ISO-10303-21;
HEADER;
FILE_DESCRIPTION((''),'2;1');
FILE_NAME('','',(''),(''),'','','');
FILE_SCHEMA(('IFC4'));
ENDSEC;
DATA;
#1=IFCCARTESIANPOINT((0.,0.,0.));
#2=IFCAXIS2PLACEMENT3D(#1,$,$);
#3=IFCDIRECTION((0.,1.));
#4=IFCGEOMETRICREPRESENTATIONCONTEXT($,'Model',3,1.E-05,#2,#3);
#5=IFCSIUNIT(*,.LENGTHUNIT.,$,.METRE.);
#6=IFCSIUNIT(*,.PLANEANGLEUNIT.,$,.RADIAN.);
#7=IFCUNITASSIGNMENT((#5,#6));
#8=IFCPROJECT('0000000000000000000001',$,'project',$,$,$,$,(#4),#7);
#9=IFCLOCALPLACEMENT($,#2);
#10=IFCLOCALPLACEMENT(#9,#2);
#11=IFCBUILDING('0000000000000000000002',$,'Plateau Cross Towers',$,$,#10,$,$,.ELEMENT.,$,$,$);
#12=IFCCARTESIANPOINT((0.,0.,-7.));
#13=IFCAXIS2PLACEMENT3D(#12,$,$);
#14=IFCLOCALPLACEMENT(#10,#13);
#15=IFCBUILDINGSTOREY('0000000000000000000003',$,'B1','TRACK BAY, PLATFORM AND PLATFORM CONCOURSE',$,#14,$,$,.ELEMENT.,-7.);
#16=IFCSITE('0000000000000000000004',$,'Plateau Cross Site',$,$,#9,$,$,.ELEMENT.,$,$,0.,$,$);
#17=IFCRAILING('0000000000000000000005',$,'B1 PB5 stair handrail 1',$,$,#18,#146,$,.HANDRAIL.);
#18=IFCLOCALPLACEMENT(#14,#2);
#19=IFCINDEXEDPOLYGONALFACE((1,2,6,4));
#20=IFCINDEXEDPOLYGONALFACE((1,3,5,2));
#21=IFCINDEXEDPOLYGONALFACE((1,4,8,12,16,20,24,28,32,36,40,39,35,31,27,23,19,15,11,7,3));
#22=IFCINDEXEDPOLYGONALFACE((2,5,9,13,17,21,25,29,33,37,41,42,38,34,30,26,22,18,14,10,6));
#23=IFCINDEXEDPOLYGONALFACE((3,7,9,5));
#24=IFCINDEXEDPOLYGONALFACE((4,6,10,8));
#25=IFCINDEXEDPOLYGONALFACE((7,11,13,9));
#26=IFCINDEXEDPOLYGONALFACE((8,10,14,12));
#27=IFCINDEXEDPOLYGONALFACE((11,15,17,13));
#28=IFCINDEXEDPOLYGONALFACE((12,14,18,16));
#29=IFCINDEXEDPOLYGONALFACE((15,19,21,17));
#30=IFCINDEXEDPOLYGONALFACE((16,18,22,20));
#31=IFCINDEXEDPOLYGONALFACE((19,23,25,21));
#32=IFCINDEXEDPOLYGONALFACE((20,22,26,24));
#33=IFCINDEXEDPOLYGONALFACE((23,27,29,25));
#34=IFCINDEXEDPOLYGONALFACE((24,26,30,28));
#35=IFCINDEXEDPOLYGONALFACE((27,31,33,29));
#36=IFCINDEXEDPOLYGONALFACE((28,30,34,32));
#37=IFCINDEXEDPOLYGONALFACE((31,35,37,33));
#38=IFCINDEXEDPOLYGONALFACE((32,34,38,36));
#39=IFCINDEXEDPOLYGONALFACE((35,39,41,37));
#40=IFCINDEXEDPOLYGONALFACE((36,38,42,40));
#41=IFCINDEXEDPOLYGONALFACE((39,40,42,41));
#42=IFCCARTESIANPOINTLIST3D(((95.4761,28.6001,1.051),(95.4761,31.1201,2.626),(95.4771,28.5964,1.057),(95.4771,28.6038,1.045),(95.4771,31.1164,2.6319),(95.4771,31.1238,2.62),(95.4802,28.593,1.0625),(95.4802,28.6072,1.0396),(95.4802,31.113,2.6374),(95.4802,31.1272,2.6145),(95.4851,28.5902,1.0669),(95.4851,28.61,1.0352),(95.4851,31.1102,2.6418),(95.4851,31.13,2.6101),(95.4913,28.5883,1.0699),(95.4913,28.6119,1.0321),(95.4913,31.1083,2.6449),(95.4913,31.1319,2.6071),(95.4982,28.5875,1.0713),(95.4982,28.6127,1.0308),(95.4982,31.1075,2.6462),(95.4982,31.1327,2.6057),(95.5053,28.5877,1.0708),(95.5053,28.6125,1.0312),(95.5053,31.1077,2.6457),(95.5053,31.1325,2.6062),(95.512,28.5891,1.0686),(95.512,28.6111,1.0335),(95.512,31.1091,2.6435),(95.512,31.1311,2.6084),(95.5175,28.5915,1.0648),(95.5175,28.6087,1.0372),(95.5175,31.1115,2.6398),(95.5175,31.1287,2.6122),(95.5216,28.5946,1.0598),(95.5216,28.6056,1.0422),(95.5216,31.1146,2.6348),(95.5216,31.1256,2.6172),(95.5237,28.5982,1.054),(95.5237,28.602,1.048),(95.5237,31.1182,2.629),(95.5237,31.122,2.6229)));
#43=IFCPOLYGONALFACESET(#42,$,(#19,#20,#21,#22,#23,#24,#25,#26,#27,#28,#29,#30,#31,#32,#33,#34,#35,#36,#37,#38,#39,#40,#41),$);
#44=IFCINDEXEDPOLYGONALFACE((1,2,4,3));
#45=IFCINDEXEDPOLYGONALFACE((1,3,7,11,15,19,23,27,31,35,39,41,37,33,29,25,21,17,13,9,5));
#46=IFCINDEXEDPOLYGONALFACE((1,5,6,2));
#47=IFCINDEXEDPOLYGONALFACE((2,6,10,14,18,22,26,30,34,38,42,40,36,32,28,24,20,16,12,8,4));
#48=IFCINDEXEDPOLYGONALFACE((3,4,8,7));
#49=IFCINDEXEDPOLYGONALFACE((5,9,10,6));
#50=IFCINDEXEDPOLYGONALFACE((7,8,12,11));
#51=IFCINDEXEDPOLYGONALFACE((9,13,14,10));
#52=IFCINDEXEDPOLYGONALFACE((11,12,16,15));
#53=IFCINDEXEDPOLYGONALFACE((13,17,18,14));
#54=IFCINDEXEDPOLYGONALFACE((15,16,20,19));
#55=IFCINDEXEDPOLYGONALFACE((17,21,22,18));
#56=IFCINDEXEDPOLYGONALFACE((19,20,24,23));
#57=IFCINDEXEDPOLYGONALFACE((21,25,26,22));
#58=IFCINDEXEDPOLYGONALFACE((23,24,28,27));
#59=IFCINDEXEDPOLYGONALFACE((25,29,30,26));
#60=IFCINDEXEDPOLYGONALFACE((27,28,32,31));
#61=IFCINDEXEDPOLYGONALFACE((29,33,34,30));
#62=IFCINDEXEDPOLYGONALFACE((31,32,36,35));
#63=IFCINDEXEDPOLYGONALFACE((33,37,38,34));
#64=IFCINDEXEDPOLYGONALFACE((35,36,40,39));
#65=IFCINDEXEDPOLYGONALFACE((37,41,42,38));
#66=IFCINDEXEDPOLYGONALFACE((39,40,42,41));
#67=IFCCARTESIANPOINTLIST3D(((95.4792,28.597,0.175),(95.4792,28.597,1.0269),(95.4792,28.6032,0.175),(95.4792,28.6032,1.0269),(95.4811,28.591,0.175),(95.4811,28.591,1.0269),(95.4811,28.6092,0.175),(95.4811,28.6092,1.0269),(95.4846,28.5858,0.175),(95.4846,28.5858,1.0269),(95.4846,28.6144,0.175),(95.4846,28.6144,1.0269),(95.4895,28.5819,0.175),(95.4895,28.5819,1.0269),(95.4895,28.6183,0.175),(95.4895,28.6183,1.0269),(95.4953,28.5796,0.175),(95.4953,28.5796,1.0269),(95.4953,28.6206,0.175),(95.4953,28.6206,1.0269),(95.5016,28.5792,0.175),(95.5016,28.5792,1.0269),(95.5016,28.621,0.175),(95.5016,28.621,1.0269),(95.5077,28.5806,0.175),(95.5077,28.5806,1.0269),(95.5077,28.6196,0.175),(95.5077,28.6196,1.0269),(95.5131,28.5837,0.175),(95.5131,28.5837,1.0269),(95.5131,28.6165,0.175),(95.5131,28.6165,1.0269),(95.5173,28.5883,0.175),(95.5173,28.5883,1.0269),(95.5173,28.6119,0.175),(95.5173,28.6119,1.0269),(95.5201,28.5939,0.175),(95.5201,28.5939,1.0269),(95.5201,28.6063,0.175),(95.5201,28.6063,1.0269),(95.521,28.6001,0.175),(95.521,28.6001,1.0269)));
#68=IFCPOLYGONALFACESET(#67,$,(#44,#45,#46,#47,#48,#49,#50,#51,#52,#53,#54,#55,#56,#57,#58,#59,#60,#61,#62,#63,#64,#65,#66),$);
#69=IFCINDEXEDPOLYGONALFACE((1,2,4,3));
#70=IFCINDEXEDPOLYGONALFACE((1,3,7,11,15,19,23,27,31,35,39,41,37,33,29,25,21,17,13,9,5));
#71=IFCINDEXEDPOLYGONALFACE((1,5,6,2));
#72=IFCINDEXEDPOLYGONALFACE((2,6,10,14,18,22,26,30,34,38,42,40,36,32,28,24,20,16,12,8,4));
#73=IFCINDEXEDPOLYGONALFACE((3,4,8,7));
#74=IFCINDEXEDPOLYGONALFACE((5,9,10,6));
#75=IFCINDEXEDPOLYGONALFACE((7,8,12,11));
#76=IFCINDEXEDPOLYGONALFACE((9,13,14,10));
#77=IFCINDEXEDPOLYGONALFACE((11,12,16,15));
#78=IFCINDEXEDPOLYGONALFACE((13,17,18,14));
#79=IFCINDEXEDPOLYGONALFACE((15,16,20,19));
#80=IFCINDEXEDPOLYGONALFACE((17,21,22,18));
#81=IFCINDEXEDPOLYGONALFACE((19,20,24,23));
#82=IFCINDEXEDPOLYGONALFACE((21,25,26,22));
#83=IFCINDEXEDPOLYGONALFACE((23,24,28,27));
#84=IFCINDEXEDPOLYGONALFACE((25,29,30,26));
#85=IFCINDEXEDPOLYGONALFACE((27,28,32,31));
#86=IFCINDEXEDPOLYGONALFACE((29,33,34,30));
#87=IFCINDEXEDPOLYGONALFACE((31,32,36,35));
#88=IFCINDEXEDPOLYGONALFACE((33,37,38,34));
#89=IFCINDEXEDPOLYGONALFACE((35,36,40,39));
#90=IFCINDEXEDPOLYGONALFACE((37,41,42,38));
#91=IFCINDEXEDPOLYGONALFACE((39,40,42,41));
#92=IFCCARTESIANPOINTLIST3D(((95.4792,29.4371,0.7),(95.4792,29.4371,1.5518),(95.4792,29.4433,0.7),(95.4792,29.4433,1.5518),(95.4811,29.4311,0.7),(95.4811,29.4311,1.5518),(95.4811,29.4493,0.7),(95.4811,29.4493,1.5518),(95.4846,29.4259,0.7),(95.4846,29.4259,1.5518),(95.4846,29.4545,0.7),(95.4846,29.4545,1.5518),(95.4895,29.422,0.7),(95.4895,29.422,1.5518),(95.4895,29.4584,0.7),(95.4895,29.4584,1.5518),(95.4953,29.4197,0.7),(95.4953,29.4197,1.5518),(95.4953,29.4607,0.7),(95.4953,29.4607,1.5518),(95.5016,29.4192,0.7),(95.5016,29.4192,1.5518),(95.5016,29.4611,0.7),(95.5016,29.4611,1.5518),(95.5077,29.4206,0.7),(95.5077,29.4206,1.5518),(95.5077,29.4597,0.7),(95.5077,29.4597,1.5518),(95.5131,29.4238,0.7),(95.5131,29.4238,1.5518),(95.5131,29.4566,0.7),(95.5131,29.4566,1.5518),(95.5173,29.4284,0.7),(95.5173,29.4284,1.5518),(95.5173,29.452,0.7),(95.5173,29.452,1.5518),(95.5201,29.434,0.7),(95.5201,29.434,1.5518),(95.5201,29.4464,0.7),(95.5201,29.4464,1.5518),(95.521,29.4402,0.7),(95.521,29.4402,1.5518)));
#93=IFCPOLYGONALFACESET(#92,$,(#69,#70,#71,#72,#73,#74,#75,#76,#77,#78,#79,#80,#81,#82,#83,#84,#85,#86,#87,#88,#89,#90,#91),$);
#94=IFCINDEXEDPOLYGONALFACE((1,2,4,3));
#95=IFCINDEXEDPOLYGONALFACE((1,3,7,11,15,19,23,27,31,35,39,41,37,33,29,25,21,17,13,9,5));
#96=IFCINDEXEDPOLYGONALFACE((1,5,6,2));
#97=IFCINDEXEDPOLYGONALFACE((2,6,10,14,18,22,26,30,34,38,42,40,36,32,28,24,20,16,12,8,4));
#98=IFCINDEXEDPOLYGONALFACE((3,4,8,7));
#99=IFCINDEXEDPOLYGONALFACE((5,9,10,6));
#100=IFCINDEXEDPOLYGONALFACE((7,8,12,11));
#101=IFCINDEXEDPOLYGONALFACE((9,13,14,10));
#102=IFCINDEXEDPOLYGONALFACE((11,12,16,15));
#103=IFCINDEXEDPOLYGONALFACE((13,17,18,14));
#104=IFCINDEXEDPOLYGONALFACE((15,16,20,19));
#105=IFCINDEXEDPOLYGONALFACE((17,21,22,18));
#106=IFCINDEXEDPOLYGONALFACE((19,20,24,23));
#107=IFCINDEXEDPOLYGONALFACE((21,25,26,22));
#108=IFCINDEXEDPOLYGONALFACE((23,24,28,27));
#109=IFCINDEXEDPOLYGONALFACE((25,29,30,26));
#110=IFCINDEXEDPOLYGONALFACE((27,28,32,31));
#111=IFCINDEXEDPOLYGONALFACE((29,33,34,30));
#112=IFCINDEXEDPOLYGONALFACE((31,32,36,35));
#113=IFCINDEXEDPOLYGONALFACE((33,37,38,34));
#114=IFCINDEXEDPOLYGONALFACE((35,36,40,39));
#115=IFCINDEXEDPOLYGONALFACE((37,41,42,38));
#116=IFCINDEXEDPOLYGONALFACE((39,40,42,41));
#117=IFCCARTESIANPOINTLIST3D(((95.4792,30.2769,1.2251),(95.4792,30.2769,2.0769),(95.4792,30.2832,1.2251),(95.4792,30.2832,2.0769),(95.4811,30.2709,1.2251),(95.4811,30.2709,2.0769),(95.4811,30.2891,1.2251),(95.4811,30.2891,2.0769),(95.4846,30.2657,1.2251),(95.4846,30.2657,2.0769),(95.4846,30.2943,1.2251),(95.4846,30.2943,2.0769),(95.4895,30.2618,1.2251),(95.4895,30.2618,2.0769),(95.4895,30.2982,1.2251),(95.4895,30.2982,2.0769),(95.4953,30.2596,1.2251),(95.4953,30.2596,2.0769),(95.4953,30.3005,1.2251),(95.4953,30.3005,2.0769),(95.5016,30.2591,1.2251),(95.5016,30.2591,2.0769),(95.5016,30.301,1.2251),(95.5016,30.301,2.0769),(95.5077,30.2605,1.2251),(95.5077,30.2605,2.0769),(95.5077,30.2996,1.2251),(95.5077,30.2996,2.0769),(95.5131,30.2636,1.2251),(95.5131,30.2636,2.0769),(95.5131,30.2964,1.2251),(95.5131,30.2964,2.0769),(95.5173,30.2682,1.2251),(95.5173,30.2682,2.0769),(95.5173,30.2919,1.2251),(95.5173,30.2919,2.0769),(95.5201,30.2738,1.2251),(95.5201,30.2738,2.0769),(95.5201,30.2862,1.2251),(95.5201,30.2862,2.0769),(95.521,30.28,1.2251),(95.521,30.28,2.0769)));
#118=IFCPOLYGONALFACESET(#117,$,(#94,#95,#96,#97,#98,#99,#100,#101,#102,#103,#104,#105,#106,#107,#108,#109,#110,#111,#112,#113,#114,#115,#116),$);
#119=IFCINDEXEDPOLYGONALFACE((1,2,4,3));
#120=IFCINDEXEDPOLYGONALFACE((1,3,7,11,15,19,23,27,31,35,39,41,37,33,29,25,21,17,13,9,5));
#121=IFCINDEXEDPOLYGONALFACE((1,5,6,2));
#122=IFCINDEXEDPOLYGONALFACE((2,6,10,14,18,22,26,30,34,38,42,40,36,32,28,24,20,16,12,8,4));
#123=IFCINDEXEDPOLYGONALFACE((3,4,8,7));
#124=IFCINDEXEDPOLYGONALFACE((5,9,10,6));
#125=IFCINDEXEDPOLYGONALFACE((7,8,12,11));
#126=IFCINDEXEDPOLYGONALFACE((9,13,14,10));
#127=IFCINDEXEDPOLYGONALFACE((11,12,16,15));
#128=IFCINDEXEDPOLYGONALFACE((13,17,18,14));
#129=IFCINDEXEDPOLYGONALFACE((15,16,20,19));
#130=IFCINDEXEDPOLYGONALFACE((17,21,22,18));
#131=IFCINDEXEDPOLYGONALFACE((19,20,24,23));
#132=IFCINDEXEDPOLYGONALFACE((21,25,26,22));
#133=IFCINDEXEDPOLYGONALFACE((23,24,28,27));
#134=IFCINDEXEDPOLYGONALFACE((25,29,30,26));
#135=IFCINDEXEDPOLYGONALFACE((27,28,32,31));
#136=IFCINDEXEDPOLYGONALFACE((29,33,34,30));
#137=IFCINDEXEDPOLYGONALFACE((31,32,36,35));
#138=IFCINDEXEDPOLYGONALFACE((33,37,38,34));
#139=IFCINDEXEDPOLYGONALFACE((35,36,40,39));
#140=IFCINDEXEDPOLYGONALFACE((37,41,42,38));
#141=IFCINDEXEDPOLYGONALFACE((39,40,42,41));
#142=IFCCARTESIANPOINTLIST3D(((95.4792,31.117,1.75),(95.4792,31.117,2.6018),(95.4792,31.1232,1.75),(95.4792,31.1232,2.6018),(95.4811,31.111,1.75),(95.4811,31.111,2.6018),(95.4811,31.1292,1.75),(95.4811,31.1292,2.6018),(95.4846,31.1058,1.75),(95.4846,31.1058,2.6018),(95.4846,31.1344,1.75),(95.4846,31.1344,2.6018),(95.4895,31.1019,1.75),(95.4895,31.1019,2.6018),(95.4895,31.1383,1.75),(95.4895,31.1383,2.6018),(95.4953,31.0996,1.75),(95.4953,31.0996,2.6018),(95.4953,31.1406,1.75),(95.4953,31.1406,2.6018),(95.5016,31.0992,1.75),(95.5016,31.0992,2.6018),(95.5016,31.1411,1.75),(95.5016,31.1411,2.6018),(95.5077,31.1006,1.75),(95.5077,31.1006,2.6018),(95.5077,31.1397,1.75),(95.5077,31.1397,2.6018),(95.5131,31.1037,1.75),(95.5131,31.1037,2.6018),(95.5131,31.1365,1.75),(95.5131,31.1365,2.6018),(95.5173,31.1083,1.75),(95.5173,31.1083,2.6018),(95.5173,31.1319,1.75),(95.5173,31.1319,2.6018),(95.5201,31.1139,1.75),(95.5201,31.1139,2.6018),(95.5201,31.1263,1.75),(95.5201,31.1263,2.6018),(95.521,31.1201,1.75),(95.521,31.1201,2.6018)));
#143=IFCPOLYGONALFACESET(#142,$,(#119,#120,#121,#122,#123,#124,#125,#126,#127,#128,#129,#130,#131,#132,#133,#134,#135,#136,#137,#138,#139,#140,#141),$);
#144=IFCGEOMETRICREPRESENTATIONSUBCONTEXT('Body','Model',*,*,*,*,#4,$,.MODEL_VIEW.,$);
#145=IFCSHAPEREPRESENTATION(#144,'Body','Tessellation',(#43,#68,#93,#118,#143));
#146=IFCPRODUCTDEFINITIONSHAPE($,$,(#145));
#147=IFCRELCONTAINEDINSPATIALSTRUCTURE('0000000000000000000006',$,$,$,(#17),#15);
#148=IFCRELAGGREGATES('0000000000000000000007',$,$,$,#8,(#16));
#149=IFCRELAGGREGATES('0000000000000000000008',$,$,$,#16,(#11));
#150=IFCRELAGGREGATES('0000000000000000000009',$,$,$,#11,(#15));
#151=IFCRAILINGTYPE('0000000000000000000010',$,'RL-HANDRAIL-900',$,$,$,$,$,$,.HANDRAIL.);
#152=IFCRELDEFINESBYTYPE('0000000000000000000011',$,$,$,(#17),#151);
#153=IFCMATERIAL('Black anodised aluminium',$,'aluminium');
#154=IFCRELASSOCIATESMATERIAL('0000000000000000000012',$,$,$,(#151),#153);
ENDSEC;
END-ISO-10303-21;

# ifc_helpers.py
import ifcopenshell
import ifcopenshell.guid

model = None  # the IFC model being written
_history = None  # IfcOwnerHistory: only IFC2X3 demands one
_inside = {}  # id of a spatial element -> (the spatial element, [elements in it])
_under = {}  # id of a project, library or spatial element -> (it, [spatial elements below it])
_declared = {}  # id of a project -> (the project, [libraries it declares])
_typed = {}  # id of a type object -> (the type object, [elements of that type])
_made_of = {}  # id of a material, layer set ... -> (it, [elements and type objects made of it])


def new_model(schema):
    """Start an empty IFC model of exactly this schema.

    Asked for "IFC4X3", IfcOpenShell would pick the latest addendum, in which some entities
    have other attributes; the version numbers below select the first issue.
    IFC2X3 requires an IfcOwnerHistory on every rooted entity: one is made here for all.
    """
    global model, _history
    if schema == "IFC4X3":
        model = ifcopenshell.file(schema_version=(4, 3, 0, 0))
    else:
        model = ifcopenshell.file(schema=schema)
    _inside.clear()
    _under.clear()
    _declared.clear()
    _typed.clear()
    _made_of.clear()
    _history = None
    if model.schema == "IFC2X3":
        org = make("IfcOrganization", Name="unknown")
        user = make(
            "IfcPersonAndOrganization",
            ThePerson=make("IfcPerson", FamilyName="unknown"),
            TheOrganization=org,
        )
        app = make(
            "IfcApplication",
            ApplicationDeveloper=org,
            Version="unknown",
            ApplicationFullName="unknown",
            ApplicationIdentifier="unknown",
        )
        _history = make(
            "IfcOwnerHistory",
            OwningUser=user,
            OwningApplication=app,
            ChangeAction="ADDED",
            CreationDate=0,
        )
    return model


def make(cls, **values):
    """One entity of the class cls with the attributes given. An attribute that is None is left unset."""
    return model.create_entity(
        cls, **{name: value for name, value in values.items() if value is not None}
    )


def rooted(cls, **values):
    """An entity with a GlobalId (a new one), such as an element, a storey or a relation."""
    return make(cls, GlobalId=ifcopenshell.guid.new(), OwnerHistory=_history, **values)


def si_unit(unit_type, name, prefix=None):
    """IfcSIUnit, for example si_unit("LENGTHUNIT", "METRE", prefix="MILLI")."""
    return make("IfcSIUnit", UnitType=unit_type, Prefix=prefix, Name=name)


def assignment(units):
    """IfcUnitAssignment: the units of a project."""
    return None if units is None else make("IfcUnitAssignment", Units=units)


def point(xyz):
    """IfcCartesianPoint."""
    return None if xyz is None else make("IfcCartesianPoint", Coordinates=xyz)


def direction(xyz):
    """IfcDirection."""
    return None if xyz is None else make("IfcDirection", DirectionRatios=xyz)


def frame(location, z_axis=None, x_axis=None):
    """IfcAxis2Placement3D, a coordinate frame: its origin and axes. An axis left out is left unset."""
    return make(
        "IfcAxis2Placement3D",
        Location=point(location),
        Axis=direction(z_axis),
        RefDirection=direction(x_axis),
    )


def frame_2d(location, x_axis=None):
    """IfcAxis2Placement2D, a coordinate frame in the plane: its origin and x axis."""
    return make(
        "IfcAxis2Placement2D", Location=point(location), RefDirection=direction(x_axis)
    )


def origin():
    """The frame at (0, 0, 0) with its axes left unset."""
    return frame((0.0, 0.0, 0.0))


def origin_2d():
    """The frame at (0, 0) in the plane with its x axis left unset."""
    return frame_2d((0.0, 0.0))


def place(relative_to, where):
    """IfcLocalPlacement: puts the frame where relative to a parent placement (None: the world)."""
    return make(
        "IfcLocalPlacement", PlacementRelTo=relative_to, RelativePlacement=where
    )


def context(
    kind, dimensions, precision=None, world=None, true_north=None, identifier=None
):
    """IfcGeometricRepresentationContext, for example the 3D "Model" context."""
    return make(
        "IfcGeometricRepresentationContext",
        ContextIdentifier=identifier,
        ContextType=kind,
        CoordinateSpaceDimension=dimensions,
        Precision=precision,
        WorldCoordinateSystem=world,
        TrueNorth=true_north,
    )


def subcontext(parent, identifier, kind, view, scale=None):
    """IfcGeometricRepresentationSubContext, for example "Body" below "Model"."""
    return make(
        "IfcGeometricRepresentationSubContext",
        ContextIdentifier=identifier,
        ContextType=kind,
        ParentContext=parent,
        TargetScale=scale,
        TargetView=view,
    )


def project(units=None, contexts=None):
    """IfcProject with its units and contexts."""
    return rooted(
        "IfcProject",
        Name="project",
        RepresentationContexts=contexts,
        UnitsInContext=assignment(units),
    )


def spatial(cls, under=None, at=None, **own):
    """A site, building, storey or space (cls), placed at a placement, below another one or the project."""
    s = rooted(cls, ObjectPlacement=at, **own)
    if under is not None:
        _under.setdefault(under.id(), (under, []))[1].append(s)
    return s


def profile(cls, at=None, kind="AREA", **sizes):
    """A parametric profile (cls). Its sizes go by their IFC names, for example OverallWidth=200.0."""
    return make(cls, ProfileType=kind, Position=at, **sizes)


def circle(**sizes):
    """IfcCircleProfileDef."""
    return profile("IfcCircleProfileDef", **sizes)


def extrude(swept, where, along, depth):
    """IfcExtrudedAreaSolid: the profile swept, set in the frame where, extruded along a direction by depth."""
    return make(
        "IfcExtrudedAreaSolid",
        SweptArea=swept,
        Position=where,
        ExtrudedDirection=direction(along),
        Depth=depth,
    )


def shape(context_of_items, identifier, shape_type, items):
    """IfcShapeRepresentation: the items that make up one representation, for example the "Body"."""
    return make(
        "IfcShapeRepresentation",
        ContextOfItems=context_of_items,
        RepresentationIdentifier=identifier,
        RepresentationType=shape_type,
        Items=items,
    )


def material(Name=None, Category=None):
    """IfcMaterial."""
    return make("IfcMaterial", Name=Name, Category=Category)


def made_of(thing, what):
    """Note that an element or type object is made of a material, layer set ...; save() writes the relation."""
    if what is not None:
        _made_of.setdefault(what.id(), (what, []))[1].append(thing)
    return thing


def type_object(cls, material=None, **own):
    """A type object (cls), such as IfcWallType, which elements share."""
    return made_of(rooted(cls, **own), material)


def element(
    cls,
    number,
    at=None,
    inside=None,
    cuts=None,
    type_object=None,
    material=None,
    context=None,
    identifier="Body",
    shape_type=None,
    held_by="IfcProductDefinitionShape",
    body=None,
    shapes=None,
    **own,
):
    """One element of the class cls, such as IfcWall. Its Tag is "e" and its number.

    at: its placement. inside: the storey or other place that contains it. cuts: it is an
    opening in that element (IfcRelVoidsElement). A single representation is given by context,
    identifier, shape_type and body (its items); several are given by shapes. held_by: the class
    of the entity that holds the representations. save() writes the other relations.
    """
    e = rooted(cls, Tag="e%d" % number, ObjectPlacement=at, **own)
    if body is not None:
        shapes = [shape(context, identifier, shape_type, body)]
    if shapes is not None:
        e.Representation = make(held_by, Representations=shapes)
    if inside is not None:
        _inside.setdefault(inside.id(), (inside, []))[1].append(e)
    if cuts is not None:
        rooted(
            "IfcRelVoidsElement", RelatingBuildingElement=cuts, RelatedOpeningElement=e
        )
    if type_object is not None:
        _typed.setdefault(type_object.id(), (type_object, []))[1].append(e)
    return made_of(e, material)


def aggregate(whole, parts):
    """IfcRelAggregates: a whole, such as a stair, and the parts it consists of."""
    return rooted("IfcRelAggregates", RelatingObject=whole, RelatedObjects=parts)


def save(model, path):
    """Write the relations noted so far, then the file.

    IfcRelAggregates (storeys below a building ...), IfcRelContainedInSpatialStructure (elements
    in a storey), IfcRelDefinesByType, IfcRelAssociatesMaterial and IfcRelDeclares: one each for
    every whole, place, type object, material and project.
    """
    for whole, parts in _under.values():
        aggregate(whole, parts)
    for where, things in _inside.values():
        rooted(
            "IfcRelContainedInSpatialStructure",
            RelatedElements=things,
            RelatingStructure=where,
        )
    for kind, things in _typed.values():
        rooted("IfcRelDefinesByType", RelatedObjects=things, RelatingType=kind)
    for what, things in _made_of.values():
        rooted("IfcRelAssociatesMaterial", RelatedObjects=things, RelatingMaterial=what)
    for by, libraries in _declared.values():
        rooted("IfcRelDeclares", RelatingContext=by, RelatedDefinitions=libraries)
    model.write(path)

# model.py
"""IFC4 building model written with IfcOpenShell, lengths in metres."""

from ifc_helpers import new_model, si_unit, direction, frame, origin, origin_2d, place, context, subcontext, project, spatial, circle, extrude, material, type_object, element, save


model = new_model("IFC4")

# Units and contexts
model_context = context("Model", 3, precision=1e-05, world=origin(), true_north=direction((0.0, 1.0)))
body_context = subcontext(model_context, "Body", "Model", "MODEL_VIEW")
ifc_project = project(units=[si_unit("LENGTHUNIT", "METRE"), si_unit("PLANEANGLEUNIT", "RADIAN")], contexts=[model_context])

# Site, building, storey
site_placement = place(None, origin())
site = spatial("IfcSite", under=ifc_project, at=site_placement, Name="Plateau Cross Site", CompositionType="ELEMENT", RefElevation=0.0)
building_placement = place(site_placement, origin())
building = spatial("IfcBuilding", under=site, at=building_placement, Name="Plateau Cross Towers", CompositionType="ELEMENT")
storey_placement = place(building_placement, frame((0.0, 0.0, -7.0)))
storey = spatial("IfcBuildingStorey", under=building, at=storey_placement, Name="B1", Description="TRACK BAY, PLATFORM AND PLATFORM CONCOURSE", CompositionType="ELEMENT", Elevation=-7.0)

# Railing
ifc_material_1 = material(Name="Black anodised aluminium", Category="aluminium")
railing_type_1 = type_object("IfcRailingType", Name="RL-HANDRAIL-900", PredefinedType="HANDRAIL", material=ifc_material_1)
railing_1_placement = place(storey_placement, frame((95.5, 28.6001, 0.175)))
element("IfcRailing", 1, at=railing_1_placement, inside=storey, type_object=railing_type_1, Name="B1 PB5 stair handrail 1", PredefinedType="HANDRAIL", context=body_context, shape_type="SweptSolid", body=[
    extrude(circle(Radius=0.0239, at=origin_2d()), frame((0.0, 0.0, 0.876), z_axis=(0.0, 0.848008, 0.529984), x_axis=(-1.0, 0.0, 0.0)), (0.0, 0.0, 1.0), 2.9717),
    extrude(circle(Radius=0.021, at=origin_2d()), origin(), (0.0, 0.0, 1.0), 0.8518),
    extrude(circle(Radius=0.021, at=origin_2d()), frame((0.0, 0.8401, 0.5249)), (0.0, 0.0, 1.0), 0.8518),
    extrude(circle(Radius=0.021, at=origin_2d()), frame((0.0, 1.6799, 1.05)), (0.0, 0.0, 1.0), 0.8518),
    extrude(circle(Radius=0.021, at=origin_2d()), frame((0.0, 2.52, 1.575)), (0.0, 0.0, 1.0), 0.8518),
])

save(model, "model.ifc")
